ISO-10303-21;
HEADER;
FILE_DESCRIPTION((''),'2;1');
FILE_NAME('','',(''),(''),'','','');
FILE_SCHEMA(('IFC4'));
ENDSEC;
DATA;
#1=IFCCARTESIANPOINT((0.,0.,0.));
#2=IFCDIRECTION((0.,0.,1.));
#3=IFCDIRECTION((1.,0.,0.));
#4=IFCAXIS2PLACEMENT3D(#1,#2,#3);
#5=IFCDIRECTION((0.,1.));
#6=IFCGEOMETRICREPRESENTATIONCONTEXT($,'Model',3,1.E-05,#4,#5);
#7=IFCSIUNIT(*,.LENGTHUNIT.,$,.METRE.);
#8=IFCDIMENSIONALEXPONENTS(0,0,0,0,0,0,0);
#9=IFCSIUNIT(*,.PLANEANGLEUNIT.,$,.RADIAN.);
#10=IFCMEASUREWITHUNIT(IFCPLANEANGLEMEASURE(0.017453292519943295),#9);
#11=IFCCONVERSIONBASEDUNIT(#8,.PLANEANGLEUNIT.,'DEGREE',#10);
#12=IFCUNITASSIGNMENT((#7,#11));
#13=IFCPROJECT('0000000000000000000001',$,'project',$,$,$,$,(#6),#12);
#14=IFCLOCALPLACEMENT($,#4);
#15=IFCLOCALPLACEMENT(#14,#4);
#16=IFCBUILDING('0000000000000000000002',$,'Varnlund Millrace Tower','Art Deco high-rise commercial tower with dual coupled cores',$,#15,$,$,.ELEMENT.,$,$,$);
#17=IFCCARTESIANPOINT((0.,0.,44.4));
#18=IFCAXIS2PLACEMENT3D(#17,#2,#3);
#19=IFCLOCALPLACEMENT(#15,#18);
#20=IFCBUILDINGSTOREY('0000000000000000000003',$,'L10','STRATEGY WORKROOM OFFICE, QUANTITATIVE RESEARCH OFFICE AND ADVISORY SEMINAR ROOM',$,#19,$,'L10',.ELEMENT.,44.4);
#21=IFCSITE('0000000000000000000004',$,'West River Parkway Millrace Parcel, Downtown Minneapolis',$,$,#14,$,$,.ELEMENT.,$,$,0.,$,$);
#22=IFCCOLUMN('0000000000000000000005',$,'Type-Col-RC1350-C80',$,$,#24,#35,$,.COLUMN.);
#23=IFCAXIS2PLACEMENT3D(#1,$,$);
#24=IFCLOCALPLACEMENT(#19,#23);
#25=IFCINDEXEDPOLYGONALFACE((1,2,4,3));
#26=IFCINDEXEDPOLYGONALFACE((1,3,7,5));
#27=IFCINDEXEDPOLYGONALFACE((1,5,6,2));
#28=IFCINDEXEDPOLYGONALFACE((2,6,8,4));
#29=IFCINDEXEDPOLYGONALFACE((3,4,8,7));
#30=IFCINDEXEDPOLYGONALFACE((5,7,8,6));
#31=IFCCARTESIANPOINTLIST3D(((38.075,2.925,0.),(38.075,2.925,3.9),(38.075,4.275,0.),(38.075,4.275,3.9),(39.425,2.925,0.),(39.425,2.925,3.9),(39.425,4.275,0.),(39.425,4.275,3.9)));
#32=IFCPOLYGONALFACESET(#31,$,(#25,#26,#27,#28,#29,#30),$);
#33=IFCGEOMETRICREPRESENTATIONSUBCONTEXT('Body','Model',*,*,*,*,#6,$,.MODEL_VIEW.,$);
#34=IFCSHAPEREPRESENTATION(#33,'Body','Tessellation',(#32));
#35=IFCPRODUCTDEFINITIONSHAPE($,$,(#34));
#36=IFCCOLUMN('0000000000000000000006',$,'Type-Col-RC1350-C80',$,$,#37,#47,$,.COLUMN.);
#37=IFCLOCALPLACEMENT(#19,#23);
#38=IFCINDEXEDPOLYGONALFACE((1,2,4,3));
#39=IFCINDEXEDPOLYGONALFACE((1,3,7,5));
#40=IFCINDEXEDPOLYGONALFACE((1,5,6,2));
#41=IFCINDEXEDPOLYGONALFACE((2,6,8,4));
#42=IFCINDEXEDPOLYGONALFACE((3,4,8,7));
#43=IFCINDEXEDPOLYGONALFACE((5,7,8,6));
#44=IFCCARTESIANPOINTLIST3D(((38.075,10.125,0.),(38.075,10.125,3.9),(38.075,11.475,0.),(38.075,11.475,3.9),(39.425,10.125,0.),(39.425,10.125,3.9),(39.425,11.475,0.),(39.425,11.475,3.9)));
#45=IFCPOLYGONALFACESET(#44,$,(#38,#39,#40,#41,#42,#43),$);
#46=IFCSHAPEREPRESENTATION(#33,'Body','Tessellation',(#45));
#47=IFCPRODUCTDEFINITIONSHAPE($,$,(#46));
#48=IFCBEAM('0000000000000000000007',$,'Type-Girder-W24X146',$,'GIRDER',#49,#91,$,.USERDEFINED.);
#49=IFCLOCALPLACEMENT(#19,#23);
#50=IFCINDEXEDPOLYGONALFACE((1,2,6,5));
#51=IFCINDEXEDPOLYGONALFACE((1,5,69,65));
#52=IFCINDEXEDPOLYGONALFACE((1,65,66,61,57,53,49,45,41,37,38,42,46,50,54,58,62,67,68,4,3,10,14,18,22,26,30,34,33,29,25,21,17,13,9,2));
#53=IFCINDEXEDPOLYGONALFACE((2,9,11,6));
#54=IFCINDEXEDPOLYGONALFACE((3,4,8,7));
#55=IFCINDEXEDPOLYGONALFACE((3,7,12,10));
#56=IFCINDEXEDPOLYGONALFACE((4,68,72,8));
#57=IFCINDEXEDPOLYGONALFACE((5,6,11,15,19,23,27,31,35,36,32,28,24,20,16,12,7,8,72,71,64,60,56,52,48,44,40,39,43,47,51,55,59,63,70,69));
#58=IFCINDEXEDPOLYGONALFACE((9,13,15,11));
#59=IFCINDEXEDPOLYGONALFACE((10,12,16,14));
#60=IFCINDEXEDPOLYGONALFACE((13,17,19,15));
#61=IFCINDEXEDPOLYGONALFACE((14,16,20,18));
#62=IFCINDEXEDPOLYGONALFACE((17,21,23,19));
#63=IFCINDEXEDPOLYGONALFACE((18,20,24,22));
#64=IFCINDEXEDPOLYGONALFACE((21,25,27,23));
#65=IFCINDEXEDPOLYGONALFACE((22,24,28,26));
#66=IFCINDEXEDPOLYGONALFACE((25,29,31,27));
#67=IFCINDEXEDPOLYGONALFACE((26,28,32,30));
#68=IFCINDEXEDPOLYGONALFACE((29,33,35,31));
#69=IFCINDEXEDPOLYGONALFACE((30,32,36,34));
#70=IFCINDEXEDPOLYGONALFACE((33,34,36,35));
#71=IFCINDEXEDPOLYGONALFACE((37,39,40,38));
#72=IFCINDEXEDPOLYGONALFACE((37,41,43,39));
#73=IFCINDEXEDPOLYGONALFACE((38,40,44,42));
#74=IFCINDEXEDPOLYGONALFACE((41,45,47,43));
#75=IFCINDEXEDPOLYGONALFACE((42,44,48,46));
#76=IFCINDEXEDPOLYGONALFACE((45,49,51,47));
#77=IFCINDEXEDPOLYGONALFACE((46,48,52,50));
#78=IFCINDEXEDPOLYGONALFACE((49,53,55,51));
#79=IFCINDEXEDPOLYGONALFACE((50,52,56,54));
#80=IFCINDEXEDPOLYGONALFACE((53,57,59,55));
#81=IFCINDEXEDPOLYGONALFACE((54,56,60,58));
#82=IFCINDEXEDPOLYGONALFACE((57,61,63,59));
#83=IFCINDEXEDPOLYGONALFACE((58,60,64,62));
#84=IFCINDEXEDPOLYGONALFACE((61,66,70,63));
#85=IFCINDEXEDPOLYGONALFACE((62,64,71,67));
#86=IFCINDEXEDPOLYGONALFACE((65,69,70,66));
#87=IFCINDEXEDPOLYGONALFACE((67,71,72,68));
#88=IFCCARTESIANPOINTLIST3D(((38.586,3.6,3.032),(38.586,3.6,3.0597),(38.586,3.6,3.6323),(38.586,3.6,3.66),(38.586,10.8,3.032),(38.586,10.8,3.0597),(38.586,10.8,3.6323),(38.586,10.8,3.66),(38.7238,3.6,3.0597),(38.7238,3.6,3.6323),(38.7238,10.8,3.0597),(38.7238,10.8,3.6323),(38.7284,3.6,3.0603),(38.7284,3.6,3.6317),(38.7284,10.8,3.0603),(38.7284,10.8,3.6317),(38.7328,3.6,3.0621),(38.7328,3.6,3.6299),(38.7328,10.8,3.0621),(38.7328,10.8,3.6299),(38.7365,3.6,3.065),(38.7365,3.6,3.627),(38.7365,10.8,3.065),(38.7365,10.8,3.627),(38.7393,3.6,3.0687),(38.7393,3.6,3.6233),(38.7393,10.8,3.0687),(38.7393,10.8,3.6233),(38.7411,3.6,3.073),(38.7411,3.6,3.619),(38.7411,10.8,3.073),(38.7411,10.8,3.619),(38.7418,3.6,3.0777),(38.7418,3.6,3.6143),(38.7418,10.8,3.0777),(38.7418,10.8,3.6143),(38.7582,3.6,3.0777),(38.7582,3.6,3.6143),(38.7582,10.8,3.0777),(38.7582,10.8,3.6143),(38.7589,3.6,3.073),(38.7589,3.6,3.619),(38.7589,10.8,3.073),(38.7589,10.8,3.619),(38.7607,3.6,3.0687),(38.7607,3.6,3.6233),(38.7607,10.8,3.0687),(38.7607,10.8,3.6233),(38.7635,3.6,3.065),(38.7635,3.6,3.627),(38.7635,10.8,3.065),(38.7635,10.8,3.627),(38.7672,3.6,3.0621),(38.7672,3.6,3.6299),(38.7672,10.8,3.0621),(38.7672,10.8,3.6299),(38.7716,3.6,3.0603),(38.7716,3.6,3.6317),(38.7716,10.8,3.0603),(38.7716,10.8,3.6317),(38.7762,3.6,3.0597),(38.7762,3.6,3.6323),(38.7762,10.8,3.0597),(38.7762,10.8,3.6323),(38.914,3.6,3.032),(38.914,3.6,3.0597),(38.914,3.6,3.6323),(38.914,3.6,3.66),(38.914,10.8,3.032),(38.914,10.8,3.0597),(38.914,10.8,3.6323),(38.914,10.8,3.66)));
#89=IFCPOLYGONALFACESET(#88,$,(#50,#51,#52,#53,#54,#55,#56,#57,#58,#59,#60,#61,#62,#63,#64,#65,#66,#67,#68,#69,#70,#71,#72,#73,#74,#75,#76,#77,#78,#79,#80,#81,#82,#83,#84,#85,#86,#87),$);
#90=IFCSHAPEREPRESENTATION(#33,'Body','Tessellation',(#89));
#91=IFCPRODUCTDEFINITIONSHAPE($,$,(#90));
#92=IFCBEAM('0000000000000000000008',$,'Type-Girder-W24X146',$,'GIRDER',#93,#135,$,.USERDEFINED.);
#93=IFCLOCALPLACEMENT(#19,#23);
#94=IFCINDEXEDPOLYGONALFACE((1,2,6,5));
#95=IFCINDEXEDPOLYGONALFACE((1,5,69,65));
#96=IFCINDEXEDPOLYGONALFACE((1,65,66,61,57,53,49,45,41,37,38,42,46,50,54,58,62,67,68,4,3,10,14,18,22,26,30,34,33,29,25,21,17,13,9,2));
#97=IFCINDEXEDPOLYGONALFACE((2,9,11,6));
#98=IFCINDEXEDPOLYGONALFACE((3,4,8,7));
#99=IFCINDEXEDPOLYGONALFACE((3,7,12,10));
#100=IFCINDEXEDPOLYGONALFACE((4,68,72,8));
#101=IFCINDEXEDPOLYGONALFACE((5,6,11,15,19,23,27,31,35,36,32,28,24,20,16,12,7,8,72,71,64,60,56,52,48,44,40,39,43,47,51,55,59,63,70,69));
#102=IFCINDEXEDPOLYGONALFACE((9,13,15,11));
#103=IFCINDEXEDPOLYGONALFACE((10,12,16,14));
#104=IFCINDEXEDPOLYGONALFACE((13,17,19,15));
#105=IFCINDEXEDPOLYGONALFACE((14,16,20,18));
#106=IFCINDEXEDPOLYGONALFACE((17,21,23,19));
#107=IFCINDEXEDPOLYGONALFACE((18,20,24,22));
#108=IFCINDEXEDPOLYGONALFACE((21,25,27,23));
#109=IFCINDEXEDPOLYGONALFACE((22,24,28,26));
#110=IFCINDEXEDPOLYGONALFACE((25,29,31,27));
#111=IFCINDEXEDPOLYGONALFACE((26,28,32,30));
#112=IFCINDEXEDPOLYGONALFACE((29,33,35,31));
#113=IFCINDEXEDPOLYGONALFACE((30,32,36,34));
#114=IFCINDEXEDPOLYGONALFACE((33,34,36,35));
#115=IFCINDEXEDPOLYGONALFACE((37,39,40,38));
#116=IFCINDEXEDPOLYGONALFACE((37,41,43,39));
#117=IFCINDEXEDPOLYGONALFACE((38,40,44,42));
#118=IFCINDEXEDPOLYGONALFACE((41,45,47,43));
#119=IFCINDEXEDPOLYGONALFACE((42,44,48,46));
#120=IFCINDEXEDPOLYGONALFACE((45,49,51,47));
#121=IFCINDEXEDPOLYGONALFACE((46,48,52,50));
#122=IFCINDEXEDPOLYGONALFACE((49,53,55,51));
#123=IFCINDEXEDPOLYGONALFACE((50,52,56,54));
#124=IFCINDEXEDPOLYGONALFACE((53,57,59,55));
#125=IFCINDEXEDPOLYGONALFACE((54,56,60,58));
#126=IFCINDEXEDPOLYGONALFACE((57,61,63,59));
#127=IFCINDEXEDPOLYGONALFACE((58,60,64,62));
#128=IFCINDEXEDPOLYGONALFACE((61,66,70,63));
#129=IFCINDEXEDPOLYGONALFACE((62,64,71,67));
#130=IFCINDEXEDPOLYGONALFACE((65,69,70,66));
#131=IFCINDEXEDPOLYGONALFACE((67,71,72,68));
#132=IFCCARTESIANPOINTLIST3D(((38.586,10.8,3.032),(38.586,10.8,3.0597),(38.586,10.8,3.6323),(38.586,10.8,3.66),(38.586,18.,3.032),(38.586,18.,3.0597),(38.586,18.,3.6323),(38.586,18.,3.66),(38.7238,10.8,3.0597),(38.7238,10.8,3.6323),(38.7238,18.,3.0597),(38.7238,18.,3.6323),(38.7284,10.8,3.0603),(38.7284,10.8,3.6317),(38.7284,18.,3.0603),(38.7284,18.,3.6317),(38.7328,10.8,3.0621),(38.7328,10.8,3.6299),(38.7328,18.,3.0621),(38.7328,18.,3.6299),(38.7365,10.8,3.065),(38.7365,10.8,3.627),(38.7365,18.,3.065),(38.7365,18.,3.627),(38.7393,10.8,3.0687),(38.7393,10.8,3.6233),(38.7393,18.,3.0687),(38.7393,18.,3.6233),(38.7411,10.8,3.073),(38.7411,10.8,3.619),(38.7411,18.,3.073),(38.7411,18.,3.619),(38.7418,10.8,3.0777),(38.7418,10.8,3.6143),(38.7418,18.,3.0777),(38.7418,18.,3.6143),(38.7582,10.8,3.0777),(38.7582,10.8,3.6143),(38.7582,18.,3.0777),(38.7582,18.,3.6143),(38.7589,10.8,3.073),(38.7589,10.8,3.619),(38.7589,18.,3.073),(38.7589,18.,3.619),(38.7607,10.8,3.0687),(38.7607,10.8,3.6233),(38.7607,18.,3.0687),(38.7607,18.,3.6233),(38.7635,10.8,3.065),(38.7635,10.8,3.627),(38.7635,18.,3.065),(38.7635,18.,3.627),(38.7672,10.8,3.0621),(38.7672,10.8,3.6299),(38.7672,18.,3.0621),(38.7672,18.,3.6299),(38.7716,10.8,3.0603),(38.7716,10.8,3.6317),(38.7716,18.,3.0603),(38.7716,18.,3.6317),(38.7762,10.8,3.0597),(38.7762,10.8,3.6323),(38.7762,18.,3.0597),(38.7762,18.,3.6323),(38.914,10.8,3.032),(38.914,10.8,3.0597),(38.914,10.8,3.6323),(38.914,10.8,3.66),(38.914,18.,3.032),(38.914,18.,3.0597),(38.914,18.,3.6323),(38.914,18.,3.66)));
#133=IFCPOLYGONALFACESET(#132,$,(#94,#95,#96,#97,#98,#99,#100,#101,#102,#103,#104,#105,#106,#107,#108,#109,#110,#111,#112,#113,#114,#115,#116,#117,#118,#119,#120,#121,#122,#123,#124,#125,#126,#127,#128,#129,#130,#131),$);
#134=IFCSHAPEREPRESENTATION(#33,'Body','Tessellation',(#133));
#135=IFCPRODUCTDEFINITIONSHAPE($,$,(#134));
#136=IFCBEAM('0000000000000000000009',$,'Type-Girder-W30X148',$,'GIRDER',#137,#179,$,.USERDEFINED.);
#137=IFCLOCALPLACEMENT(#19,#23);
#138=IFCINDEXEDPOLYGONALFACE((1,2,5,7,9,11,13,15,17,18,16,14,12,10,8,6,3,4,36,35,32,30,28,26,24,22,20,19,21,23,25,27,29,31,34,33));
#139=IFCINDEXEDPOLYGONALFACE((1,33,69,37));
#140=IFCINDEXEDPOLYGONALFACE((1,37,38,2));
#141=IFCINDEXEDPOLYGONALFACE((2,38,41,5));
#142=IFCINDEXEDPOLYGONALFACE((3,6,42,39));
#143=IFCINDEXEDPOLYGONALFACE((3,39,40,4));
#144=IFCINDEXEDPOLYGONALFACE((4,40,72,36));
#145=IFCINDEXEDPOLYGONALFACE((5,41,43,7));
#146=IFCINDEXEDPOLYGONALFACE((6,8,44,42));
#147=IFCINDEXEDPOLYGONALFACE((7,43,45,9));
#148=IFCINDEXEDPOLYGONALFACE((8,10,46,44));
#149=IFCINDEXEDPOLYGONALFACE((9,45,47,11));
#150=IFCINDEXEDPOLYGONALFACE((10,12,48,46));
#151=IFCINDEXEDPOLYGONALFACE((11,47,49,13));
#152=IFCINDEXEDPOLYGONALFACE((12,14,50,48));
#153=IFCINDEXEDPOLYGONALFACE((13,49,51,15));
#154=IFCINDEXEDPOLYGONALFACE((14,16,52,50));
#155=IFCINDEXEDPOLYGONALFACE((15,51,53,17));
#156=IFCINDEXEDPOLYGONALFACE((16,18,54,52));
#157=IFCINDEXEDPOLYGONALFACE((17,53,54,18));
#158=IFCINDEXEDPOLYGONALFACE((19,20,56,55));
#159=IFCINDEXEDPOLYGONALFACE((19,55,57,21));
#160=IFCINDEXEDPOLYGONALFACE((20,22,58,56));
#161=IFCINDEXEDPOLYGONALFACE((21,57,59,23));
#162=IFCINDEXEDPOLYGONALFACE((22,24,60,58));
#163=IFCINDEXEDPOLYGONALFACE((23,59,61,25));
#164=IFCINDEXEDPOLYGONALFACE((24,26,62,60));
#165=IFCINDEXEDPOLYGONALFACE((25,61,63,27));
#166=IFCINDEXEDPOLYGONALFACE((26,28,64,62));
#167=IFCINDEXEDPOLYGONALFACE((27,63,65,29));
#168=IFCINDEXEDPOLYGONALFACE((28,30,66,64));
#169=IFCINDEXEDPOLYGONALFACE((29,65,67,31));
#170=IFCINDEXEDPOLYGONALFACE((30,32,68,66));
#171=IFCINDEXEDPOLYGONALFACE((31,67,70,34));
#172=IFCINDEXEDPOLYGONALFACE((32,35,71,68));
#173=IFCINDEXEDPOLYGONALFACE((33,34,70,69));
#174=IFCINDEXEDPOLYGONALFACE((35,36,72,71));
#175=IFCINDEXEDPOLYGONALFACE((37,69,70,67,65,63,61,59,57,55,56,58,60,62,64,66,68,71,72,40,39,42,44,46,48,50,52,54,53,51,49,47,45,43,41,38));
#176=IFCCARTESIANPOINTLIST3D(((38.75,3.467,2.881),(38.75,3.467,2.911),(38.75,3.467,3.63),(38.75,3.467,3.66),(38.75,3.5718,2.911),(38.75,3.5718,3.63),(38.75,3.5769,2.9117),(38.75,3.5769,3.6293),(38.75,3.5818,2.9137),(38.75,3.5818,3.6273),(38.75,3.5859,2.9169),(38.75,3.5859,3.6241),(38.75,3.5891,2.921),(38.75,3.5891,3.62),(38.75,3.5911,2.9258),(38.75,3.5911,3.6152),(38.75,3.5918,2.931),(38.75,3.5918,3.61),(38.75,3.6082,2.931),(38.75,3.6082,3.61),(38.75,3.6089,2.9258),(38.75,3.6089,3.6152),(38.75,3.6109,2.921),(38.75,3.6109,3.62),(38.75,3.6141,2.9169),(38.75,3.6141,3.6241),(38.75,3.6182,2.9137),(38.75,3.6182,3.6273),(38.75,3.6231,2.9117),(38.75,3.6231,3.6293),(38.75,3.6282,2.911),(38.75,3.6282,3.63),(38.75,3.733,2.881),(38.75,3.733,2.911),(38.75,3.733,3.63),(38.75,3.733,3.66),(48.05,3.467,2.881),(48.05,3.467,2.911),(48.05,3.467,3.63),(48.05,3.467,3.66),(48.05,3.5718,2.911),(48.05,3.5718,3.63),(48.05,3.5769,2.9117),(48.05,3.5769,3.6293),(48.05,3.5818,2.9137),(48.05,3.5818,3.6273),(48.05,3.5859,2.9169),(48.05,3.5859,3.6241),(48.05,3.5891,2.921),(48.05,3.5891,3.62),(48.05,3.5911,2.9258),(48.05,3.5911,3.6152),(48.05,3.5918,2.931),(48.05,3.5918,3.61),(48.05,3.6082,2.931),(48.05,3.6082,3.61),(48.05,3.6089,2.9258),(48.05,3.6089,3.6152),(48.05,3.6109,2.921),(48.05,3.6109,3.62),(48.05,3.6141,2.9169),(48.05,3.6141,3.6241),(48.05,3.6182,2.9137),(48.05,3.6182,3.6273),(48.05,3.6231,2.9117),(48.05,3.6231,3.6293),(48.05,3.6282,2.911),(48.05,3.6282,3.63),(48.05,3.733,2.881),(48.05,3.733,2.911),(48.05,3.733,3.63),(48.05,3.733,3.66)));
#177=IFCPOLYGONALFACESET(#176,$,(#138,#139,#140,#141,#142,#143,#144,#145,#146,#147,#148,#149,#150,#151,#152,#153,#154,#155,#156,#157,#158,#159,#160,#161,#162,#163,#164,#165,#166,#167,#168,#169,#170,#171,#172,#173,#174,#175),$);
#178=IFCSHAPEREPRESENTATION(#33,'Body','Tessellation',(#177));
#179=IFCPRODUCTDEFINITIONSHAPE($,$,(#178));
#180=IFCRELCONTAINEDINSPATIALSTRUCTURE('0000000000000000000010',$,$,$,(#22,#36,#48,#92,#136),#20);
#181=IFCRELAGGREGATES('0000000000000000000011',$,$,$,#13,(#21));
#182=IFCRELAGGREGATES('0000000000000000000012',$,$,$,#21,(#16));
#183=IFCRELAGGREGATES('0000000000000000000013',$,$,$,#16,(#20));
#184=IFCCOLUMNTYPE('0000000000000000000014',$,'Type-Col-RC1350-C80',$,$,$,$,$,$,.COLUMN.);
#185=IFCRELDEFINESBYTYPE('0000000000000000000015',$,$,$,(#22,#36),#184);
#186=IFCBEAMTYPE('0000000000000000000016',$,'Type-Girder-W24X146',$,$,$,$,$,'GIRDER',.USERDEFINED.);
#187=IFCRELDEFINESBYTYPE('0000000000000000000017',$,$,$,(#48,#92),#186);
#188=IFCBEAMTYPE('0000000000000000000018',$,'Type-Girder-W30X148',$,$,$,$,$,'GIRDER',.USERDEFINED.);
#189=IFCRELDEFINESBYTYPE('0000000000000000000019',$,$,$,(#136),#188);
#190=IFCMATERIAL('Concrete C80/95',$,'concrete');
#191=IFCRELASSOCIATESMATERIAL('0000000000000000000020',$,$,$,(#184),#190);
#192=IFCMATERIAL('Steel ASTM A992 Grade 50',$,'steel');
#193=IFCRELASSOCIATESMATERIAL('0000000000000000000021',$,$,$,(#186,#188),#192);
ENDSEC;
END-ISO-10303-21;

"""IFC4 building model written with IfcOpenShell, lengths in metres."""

from ifc_helpers import new_model, entity, si_unit, converted_unit, direction, frame, origin_with_axes, origin_2d_with_axis, place, context, subcontext, project, spatial, rectangle, i_section, extrude, material, material_profile, profile_set, type_object, element, save


model = new_model("IFC4")

# Units and contexts
model_context = context("Model", 3, precision=1e-05, world=origin_with_axes(), true_north=direction((0.0, 1.0)))
body_context = subcontext(model_context, "Body", "Model", "MODEL_VIEW")
ifc_project = project(units=[si_unit("LENGTHUNIT", "METRE"), converted_unit("PLANEANGLEUNIT", "DEGREE", entity("IfcPlaneAngleMeasure", 0.017453292519943295), si_unit("PLANEANGLEUNIT", "RADIAN"), dimensions=[0, 0, 0, 0, 0, 0, 0])], contexts=[model_context])

# Site, building, storey
site_placement = place(None, origin_with_axes())
site = spatial("IfcSite", under=ifc_project, at=site_placement, Name="West River Parkway Millrace Parcel, Downtown Minneapolis", CompositionType="ELEMENT", RefElevation=0.0)
building_placement = place(site_placement, origin_with_axes())
building = spatial("IfcBuilding", under=site, at=building_placement, Name="Varnlund Millrace Tower", Description="Art Deco high-rise commercial tower with dual coupled cores", CompositionType="ELEMENT")
storey_placement = place(building_placement, frame((0.0, 0.0, 44.4), z_axis=(0.0, 0.0, 1.0), x_axis=(1.0, 0.0, 0.0)))
storey = spatial("IfcBuildingStorey", under=building, at=storey_placement, Name="L10", Description="STRATEGY WORKROOM OFFICE, QUANTITATIVE RESEARCH OFFICE AND ADVISORY SEMINAR ROOM", LongName="L10", CompositionType="ELEMENT", Elevation=44.4)

# Columns
ifc_material_1 = material(Name="Concrete C80/95", Category="concrete")
ifc_material_profile_1 = material_profile(ifc_material_1, rectangle(XDim=1.35, YDim=1.35, at=origin_2d_with_axis()), Name="Concrete C80/95")
ifc_profile_set_1 = profile_set([ifc_material_profile_1], Name="Concrete C80/95")
column_type = type_object("IfcColumnType", Name="Type-Col-RC1350-C80", PredefinedType="COLUMN", material=ifc_profile_set_1)
for number, where, z_axis, x_axis, name in (
    (1, (38.75, 3.6, 0.0), (0.0, 0.0, 1.0), (1.0, 0.0, 0.0), "Type-Col-RC1350-C80"),
    (2, (38.75, 10.8, 0.0), (0.0, 0.0, 1.0), (1.0, 0.0, 0.0), "Type-Col-RC1350-C80"),
):
    element("IfcColumn", number, at=place(storey_placement, frame(where, z_axis=z_axis, x_axis=x_axis)), inside=storey, type_object=column_type, Name=name, PredefinedType="COLUMN", context=body_context, shape_type="SweptSolid", body=[
        extrude(rectangle(XDim=1.35, YDim=1.35, at=origin_2d_with_axis()), origin_with_axes(), (0.0, 0.0, 1.0), 3.9),
    ])

# Beams
ifc_material_2 = material(Name="Steel ASTM A992 Grade 50", Category="steel")
ifc_material_profile_2 = material_profile(ifc_material_2, i_section(OverallWidth=0.328, OverallDepth=0.628, WebThickness=0.0165, FlangeThickness=0.0277, FilletRadius=0.018, at=origin_2d_with_axis()), Name="Steel ASTM A992 Grade 50")
ifc_profile_set_2 = profile_set([ifc_material_profile_2], Name="Steel ASTM A992 Grade 50")
beam_type_1 = type_object("IfcBeamType", Name="Type-Girder-W24X146", ElementType="GIRDER", PredefinedType="USERDEFINED", material=ifc_profile_set_2)
for number, where, z_axis, x_axis, name in (
    (3, (38.75, 3.6, 3.346), (0.0, 1.0, 0.0), (-1.0, 0.0, 0.0), "Type-Girder-W24X146"),
    (4, (38.75, 10.8, 3.346), (0.0, 1.0, 0.0), (-1.0, 0.0, 0.0), "Type-Girder-W24X146"),
):
    element("IfcBeam", number, at=place(storey_placement, frame(where, z_axis=z_axis, x_axis=x_axis)), inside=storey, type_object=beam_type_1, Name=name, ObjectType="GIRDER", PredefinedType="USERDEFINED", context=body_context, shape_type="SweptSolid", body=[
        extrude(i_section(OverallWidth=0.328, OverallDepth=0.628, WebThickness=0.0165, FlangeThickness=0.0277, FilletRadius=0.018, at=origin_2d_with_axis()), origin_with_axes(), (0.0, 0.0, 1.0), 7.2),
    ])
ifc_material_profile_3 = material_profile(ifc_material_2, i_section(OverallWidth=0.266, OverallDepth=0.779, WebThickness=0.0165, FlangeThickness=0.03, FilletRadius=0.02, at=origin_2d_with_axis()), Name="Steel ASTM A992 Grade 50")
ifc_profile_set_3 = profile_set([ifc_material_profile_3], Name="Steel ASTM A992 Grade 50")
beam_type_2 = type_object("IfcBeamType", Name="Type-Girder-W30X148", ElementType="GIRDER", PredefinedType="USERDEFINED", material=ifc_profile_set_3)
beam_1_placement = place(storey_placement, frame((38.75, 3.6, 3.2705), z_axis=(1.0, 0.0, 0.0), x_axis=(0.0, 1.0, 0.0)))
element("IfcBeam", 5, at=beam_1_placement, inside=storey, type_object=beam_type_2, Name="Type-Girder-W30X148", ObjectType="GIRDER", PredefinedType="USERDEFINED", context=body_context, shape_type="SweptSolid", body=[
    extrude(i_section(OverallWidth=0.266, OverallDepth=0.779, WebThickness=0.0165, FlangeThickness=0.03, FilletRadius=0.02, at=origin_2d_with_axis()), origin_with_axes(), (0.0, 0.0, 1.0), 9.3),
])

save(model, "model.ifc")
